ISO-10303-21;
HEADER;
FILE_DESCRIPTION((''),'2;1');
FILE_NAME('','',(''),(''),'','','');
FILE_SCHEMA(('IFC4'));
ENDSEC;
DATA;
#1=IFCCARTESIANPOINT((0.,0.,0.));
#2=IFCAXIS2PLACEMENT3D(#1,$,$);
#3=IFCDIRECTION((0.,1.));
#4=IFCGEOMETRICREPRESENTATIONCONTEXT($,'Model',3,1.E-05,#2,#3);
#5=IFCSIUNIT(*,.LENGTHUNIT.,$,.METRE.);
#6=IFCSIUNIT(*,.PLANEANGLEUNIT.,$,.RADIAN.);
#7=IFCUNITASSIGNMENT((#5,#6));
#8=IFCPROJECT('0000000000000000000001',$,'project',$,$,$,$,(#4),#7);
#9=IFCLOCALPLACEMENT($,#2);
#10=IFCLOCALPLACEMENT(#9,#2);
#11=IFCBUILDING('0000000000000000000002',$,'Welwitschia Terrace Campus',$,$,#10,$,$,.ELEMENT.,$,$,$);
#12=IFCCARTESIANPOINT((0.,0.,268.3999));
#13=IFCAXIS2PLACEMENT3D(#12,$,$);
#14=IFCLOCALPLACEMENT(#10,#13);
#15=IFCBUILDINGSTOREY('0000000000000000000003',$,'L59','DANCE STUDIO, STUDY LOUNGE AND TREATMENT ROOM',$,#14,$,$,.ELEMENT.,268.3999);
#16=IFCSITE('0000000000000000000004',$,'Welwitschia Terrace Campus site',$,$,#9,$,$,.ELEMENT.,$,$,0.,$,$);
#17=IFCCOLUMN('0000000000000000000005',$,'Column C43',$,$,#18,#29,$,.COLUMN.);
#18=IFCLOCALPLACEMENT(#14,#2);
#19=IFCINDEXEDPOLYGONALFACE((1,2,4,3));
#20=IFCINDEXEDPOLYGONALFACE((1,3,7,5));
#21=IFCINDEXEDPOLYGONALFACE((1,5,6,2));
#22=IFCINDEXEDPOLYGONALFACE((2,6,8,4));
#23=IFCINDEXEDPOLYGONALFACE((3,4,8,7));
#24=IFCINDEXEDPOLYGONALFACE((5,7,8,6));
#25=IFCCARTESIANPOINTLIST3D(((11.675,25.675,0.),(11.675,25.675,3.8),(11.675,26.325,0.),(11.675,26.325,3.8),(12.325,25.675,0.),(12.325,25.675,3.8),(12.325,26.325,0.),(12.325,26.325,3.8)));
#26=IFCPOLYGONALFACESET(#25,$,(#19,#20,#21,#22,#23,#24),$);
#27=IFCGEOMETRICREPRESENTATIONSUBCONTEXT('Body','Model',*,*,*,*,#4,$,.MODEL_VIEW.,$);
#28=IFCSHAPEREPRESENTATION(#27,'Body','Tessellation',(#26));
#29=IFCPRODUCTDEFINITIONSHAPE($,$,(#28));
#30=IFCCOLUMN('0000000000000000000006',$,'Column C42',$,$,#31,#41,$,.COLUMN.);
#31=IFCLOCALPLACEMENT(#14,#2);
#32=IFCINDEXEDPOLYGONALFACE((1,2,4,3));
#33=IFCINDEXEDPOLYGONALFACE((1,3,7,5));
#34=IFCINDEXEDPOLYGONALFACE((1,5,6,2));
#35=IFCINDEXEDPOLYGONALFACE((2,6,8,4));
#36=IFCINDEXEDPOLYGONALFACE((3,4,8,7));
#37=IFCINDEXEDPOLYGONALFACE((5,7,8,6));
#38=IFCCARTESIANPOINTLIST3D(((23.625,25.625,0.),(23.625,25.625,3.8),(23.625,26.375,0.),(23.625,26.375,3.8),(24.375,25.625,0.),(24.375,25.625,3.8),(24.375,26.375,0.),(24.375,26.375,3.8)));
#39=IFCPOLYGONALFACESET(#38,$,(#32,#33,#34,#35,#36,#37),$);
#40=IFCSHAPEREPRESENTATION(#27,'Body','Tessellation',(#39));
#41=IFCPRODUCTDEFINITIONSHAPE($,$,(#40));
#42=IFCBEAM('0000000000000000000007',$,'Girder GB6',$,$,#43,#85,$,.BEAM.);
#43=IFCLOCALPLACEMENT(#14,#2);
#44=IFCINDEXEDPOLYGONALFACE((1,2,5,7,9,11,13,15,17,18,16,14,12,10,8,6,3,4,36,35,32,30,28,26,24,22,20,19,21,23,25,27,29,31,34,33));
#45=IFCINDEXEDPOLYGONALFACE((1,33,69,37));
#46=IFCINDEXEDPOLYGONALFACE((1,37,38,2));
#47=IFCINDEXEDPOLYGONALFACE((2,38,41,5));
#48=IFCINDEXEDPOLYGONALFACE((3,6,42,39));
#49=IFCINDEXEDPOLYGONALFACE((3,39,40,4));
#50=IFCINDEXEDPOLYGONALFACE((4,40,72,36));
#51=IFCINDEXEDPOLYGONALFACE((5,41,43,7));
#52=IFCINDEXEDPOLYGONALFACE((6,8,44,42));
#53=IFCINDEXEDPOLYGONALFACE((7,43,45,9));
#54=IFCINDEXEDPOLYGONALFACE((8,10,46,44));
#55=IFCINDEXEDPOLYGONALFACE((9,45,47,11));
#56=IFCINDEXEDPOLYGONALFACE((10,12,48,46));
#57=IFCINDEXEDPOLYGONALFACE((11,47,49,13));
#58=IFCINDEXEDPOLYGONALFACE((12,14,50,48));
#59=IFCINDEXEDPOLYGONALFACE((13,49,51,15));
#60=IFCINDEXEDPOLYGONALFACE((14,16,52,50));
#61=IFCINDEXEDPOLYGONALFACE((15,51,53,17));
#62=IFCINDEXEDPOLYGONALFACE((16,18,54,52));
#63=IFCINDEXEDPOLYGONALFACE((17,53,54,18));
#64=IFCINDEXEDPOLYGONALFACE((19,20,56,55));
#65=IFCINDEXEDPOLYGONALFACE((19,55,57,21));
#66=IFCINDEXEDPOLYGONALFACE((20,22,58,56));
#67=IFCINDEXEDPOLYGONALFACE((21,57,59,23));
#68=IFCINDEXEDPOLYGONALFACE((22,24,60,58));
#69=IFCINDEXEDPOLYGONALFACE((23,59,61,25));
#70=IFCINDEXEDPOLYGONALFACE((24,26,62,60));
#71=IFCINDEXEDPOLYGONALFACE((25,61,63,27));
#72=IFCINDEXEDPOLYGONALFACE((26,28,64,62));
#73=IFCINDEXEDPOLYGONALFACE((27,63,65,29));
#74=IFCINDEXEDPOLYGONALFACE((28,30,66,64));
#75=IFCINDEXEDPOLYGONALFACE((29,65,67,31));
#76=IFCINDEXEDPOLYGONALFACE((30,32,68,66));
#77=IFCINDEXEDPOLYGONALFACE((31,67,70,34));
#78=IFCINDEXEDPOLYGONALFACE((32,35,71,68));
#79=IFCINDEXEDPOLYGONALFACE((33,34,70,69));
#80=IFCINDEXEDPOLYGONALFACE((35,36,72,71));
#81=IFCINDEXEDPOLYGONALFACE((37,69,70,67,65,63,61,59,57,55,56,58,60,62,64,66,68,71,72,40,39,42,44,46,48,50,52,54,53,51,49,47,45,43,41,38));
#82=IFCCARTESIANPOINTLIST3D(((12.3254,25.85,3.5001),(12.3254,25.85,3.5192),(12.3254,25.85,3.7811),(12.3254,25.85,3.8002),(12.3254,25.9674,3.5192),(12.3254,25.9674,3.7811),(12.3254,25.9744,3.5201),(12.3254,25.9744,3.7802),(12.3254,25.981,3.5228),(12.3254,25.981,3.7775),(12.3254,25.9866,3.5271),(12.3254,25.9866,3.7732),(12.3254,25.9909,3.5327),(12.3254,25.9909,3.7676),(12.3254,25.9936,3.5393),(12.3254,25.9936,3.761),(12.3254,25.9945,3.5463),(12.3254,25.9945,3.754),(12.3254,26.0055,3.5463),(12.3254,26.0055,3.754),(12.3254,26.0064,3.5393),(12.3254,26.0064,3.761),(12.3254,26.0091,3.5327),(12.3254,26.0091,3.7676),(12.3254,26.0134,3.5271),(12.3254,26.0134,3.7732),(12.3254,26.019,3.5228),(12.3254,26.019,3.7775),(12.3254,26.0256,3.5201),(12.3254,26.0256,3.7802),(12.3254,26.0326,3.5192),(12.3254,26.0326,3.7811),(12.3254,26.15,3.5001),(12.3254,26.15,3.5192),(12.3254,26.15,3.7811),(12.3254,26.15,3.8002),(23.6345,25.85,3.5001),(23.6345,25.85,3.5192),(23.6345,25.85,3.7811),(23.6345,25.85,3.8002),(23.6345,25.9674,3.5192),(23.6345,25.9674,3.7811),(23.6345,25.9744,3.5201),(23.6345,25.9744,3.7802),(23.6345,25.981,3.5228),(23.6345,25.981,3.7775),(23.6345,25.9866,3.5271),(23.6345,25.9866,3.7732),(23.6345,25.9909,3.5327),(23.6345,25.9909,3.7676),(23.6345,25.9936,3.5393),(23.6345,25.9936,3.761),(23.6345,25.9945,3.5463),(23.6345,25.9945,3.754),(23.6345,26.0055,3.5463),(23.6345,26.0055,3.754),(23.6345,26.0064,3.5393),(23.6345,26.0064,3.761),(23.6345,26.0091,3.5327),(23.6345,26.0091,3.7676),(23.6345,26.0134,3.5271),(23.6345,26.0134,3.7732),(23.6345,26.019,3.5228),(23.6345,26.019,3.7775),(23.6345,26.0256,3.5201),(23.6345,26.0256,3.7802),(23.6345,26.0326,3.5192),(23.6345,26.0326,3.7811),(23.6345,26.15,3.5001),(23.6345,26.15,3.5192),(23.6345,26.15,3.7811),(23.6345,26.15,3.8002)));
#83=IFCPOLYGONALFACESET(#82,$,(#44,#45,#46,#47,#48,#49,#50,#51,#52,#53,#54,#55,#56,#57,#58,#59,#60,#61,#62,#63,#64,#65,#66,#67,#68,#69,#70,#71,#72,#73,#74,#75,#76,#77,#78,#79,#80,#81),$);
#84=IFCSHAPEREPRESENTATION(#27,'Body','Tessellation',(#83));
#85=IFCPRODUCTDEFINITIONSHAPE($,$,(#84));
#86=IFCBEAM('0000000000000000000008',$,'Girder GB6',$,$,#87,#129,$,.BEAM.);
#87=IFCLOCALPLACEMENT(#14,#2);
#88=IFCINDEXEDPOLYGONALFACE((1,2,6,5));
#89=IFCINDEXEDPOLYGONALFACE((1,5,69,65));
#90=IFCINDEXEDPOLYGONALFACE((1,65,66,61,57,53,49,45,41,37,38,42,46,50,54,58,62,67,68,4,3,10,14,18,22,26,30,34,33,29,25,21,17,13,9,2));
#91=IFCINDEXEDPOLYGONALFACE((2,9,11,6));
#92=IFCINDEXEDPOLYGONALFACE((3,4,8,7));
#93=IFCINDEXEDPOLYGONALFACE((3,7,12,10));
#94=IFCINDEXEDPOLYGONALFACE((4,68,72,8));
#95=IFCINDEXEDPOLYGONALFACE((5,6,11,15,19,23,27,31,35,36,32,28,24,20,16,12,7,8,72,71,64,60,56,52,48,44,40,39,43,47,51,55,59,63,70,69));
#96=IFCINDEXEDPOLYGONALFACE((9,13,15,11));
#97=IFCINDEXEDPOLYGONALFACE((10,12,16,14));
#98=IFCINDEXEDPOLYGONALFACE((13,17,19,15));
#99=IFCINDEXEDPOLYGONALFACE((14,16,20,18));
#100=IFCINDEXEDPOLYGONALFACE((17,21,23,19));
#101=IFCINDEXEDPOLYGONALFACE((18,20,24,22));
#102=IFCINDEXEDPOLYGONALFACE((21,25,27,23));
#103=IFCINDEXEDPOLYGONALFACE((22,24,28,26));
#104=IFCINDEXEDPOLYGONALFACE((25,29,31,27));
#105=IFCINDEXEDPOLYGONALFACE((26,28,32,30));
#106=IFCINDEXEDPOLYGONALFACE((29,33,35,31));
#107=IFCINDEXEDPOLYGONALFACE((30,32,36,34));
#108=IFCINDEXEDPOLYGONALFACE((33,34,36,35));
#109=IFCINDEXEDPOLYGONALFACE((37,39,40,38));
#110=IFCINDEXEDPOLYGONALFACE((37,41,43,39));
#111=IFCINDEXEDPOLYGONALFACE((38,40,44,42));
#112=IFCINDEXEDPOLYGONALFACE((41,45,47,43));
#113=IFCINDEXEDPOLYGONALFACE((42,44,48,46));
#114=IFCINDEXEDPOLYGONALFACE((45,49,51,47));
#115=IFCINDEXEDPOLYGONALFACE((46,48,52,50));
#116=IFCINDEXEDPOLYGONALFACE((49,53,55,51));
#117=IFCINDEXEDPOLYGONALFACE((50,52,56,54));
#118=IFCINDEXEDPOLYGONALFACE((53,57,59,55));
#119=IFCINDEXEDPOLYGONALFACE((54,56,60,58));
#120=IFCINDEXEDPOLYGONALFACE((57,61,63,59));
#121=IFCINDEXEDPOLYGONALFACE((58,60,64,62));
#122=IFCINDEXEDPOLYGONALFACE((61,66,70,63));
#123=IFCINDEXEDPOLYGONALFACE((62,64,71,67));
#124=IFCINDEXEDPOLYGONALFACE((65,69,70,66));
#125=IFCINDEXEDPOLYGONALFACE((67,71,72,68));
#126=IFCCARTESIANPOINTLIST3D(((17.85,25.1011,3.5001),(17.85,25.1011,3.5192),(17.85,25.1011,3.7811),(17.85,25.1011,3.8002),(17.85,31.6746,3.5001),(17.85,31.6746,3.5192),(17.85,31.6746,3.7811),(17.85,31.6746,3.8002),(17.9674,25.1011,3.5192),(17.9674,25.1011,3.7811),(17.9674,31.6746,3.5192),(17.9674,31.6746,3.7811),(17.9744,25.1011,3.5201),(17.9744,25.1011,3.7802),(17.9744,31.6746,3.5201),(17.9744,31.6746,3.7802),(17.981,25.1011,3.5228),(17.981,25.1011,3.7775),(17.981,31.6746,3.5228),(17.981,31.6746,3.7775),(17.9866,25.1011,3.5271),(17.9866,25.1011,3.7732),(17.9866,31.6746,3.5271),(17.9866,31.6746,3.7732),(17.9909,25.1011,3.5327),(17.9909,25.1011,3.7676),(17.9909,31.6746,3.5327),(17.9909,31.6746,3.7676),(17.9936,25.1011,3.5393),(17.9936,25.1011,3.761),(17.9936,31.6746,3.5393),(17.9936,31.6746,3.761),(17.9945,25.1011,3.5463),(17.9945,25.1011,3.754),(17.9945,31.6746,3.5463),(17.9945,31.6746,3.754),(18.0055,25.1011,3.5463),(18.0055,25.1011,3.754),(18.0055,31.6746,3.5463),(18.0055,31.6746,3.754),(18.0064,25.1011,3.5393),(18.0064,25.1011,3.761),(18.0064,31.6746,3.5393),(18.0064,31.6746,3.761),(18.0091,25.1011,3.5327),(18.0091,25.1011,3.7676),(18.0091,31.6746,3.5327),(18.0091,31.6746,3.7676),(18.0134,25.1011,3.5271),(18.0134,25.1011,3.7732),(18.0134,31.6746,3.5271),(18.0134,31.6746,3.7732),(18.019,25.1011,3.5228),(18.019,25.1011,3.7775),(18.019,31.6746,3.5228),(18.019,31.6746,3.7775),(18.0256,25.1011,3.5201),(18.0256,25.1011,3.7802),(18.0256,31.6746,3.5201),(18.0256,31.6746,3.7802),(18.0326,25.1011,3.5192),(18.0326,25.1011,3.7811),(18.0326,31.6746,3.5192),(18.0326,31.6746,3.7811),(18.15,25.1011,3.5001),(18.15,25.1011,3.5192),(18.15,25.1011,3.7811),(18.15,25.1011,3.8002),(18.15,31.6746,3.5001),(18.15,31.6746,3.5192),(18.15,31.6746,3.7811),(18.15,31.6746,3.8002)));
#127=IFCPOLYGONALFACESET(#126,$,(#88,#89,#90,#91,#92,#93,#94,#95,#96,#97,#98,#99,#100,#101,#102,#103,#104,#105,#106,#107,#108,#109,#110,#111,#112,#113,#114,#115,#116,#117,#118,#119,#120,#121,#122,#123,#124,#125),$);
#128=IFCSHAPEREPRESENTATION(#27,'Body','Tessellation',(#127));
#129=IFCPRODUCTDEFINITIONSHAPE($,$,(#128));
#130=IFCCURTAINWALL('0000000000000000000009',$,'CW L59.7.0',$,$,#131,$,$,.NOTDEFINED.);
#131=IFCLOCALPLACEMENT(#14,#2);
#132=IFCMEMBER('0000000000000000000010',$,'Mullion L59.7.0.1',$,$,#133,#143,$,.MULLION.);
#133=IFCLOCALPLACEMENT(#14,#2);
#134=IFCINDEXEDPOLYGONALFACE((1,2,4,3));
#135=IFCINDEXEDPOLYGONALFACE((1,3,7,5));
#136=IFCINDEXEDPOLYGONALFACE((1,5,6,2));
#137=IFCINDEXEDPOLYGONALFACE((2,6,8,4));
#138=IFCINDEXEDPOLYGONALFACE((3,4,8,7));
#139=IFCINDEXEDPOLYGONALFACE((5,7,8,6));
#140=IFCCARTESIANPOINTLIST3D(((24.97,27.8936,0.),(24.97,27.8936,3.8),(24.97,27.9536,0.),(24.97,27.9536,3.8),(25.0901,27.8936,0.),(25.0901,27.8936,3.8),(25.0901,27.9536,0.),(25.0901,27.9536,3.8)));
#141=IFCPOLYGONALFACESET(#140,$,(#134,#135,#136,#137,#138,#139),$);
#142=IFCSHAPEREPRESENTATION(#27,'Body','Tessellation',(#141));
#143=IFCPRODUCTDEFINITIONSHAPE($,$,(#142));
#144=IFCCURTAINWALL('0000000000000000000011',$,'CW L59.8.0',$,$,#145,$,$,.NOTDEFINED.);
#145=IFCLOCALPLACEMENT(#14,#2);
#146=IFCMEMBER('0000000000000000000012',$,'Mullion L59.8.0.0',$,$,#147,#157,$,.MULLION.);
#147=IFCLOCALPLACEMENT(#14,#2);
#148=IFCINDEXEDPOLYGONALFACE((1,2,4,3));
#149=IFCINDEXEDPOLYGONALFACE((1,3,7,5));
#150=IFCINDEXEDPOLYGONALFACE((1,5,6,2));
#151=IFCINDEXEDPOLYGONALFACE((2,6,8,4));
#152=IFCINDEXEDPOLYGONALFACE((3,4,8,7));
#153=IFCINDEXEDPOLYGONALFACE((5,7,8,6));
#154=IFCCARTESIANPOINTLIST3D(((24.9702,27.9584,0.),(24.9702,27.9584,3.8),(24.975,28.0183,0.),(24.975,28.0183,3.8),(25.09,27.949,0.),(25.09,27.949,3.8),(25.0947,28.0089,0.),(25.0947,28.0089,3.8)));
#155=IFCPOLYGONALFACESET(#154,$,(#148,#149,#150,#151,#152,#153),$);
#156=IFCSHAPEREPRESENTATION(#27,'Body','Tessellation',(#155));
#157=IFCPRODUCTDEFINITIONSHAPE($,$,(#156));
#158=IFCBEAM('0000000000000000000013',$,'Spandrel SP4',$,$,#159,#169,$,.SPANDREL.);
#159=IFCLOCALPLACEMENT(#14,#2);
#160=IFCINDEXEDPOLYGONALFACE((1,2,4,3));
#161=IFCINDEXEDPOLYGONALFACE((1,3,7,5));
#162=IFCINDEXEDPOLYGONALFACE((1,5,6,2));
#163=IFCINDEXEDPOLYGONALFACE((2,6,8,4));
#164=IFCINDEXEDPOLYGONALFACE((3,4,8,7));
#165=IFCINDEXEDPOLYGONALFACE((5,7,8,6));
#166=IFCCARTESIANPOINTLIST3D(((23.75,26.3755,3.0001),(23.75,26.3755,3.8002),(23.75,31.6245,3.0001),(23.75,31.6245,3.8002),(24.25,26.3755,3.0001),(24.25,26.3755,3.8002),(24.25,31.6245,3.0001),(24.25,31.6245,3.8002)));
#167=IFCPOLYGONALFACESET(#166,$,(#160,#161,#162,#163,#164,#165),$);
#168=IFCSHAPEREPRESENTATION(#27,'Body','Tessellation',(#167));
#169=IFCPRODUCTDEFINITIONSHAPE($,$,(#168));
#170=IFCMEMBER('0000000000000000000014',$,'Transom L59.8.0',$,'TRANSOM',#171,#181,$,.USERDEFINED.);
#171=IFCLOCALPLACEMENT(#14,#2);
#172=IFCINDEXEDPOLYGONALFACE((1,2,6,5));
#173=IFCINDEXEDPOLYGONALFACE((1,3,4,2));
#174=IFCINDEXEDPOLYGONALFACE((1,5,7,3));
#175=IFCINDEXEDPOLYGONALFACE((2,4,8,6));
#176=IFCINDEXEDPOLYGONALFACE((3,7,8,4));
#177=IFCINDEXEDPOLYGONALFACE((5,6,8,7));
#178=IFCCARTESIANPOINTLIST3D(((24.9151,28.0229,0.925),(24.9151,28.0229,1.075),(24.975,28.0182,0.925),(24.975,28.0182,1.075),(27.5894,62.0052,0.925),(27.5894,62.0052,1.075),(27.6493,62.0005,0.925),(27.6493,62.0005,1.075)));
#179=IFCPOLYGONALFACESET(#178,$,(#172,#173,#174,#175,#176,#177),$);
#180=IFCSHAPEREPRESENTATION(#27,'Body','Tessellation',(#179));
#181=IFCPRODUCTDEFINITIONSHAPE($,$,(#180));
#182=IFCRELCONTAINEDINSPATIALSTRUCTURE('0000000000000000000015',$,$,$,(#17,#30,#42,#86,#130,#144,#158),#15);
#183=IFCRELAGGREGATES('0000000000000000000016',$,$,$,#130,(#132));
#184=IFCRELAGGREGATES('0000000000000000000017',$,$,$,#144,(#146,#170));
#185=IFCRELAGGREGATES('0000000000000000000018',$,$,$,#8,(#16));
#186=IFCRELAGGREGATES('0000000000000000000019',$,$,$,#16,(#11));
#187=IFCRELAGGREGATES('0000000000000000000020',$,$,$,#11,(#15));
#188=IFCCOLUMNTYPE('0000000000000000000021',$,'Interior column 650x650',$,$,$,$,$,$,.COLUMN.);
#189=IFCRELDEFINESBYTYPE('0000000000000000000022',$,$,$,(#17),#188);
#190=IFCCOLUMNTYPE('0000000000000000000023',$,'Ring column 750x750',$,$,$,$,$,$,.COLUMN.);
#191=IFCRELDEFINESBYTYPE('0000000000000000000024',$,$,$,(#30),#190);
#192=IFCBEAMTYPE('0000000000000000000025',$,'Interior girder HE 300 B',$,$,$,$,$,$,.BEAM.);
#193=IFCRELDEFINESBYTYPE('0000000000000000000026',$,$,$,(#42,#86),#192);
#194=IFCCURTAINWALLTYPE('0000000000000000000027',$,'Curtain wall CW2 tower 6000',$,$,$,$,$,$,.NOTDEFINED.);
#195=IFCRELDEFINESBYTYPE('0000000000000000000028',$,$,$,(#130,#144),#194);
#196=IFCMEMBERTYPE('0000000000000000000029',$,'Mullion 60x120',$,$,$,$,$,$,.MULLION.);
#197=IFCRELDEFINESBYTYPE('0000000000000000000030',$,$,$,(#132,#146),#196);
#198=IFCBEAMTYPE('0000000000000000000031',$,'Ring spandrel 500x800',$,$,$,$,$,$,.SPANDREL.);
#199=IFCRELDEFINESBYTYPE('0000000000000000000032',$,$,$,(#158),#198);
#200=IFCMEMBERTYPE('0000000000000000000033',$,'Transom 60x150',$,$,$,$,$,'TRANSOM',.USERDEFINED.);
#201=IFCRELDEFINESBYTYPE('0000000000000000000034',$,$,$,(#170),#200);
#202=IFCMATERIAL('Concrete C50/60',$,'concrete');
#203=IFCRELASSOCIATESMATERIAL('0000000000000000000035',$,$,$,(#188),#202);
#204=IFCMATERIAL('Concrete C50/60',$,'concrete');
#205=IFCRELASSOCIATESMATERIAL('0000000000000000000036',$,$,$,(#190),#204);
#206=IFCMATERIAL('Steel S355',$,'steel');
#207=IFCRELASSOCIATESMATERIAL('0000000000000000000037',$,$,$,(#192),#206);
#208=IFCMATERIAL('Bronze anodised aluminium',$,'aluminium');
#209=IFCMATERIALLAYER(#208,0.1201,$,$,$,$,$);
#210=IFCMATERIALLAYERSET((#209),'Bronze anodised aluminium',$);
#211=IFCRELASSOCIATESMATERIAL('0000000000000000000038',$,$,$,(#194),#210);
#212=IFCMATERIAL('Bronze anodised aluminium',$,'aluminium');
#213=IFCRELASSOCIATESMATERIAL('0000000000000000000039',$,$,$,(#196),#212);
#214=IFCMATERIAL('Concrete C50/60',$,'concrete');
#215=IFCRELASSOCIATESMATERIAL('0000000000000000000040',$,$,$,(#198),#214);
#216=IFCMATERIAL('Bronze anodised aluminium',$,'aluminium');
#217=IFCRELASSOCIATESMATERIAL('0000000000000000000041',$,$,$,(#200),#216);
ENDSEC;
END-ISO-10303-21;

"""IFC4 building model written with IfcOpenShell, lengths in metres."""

from ifc_helpers import new_model, si_unit, direction, frame, origin, origin_2d, place, context, subcontext, project, spatial, rectangle, i_section, extrude, material, layer, layer_set, material_profile, profile_set, type_object, element, aggregate, save


model = new_model("IFC4")

# Units and contexts
model_context = context("Model", 3, precision=1e-05, world=origin(), true_north=direction((0.0, 1.0)))
body_context = subcontext(model_context, "Body", "Model", "MODEL_VIEW")
ifc_project = project(units=[si_unit("LENGTHUNIT", "METRE"), si_unit("PLANEANGLEUNIT", "RADIAN")], contexts=[model_context])

# Site, building, storey
site_placement = place(None, origin())
site = spatial("IfcSite", under=ifc_project, at=site_placement, Name="Welwitschia Terrace Campus site", CompositionType="ELEMENT", RefElevation=0.0)
building_placement = place(site_placement, origin())
building = spatial("IfcBuilding", under=site, at=building_placement, Name="Welwitschia Terrace Campus", CompositionType="ELEMENT")
storey_placement = place(building_placement, frame((0.0, 0.0, 268.3999)))
storey = spatial("IfcBuildingStorey", under=building, at=storey_placement, Name="L59", Description="DANCE STUDIO, STUDY LOUNGE AND TREATMENT ROOM", CompositionType="ELEMENT", Elevation=268.3999)

# Columns
ifc_material_1 = material(Name="Concrete C50/60", Category="concrete")
ifc_material_profile_1 = material_profile(ifc_material_1, rectangle(XDim=0.6499, YDim=0.6499, at=origin_2d()))
ifc_profile_set_1 = profile_set([ifc_material_profile_1], Name="Concrete C50/60")
column_type_1 = type_object("IfcColumnType", Name="Interior column 650x650", PredefinedType="COLUMN", material=ifc_profile_set_1)
column_1_placement = place(storey_placement, frame((12.0, 26.0, 0.0), z_axis=(0.0, 0.0, 1.0), x_axis=(1.0, 0.0, 0.0)))
element("IfcColumn", 1, at=column_1_placement, inside=storey, type_object=column_type_1, Name="Column C43", PredefinedType="COLUMN", context=body_context, shape_type="SweptSolid", body=[
    extrude(rectangle(XDim=0.6499, YDim=0.6499, at=origin_2d()), origin(), (0.0, 0.0, 1.0), 3.8),
])
ifc_material_2 = material(Name="Concrete C50/60", Category="concrete")
ifc_material_profile_2 = material_profile(ifc_material_2, rectangle(XDim=0.75, YDim=0.75, at=origin_2d()))
ifc_profile_set_2 = profile_set([ifc_material_profile_2], Name="Concrete C50/60")
column_type_2 = type_object("IfcColumnType", Name="Ring column 750x750", PredefinedType="COLUMN", material=ifc_profile_set_2)
column_2_placement = place(storey_placement, frame((24.0, 26.0, 0.0), z_axis=(0.0, 0.0, 1.0), x_axis=(1.0, 0.0, 0.0)))
element("IfcColumn", 2, at=column_2_placement, inside=storey, type_object=column_type_2, Name="Column C42", PredefinedType="COLUMN", context=body_context, shape_type="SweptSolid", body=[
    extrude(rectangle(XDim=0.75, YDim=0.75, at=origin_2d()), origin(), (0.0, 0.0, 1.0), 3.8),
])

# Beams
ifc_material_3 = material(Name="Steel S355", Category="steel")
ifc_material_profile_3 = material_profile(ifc_material_3, i_section(OverallWidth=0.3, OverallDepth=0.3, WebThickness=0.011, FlangeThickness=0.019, FilletRadius=0.0271, at=origin_2d()))
ifc_profile_set_3 = profile_set([ifc_material_profile_3], Name="Steel S355")
beam_type_1 = type_object("IfcBeamType", Name="Interior girder HE 300 B", PredefinedType="BEAM", material=ifc_profile_set_3)
beam_1_placement = place(storey_placement, frame((12.3254, 26.0, 3.6501), z_axis=(1.0, 0.0, 0.0), x_axis=(0.0, 1.0, 0.0)))
element("IfcBeam", 3, at=beam_1_placement, inside=storey, type_object=beam_type_1, Name="Girder GB6", PredefinedType="BEAM", context=body_context, shape_type="SweptSolid", body=[
    extrude(i_section(OverallWidth=0.3, OverallDepth=0.3, WebThickness=0.011, FlangeThickness=0.019, FilletRadius=0.0271, at=origin_2d()), origin(), (0.0, 0.0, 1.0), 11.3091),
])
beam_2_placement = place(storey_placement, frame((18.0, 25.1011, 3.6501), z_axis=(0.0, 1.0, 0.0), x_axis=(-1.0, 0.0, 0.0)))
element("IfcBeam", 4, at=beam_2_placement, inside=storey, type_object=beam_type_1, Name="Girder GB6", PredefinedType="BEAM", context=body_context, shape_type="SweptSolid", body=[
    extrude(i_section(OverallWidth=0.3, OverallDepth=0.3, WebThickness=0.011, FlangeThickness=0.019, FilletRadius=0.0271, at=origin_2d()), origin(), (0.0, 0.0, 1.0), 6.5735),
])

# Curtain walls, members
ifc_material_4 = material(Name="Bronze anodised aluminium", Category="aluminium")
ifc_layer_1 = layer(ifc_material_4, 0.1201)
ifc_layer_set_1 = layer_set([ifc_layer_1], Name="Bronze anodised aluminium")
curtain_wall_type = type_object("IfcCurtainWallType", Name="Curtain wall CW2 tower 6000", PredefinedType="NOTDEFINED", material=ifc_layer_set_1)
curtain_wall_1_placement = place(storey_placement, origin())
curtain_wall_1 = element("IfcCurtainWall", 5, at=curtain_wall_1_placement, inside=storey, type_object=curtain_wall_type, Name="CW L59.7.0", PredefinedType="NOTDEFINED")
ifc_material_5 = material(Name="Bronze anodised aluminium", Category="aluminium")
ifc_material_profile_4 = material_profile(ifc_material_5, rectangle(XDim=0.1201, YDim=0.0601, at=origin_2d()))
ifc_profile_set_4 = profile_set([ifc_material_profile_4], Name="Bronze anodised aluminium")
member_type_1 = type_object("IfcMemberType", Name="Mullion 60x120", PredefinedType="MULLION", material=ifc_profile_set_4)
member_1_placement = place(storey_placement, frame((25.03, 27.9236, 0.0), z_axis=(0.0, 0.0, 1.0), x_axis=(-1.0, 0.0, 0.0)))
member_1 = element("IfcMember", 6, at=member_1_placement, type_object=member_type_1, Name="Mullion L59.7.0.1", PredefinedType="MULLION", context=body_context, shape_type="SweptSolid", body=[
    extrude(rectangle(XDim=0.1201, YDim=0.0601, at=origin_2d()), origin(), (0.0, 0.0, 1.0), 3.8),
])
aggregate(curtain_wall_1, [member_1])
curtain_wall_2_placement = place(storey_placement, origin())
curtain_wall_2 = element("IfcCurtainWall", 7, at=curtain_wall_2_placement, inside=storey, type_object=curtain_wall_type, Name="CW L59.8.0", PredefinedType="NOTDEFINED")
member_2_placement = place(storey_placement, frame((25.0325, 27.9836, 0.0), z_axis=(0.0, 0.0, 1.0), x_axis=(-0.996917, 0.078459, 0.0)))
member_2 = element("IfcMember", 8, at=member_2_placement, type_object=member_type_1, Name="Mullion L59.8.0.0", PredefinedType="MULLION", context=body_context, shape_type="SweptSolid", body=[
    extrude(rectangle(XDim=0.1201, YDim=0.0601, at=origin_2d()), origin(), (0.0, 0.0, 1.0), 3.8),
])

# Beam
ifc_material_6 = material(Name="Concrete C50/60", Category="concrete")
ifc_material_profile_5 = material_profile(ifc_material_6, rectangle(XDim=0.5, YDim=0.8, at=origin_2d()))
ifc_profile_set_5 = profile_set([ifc_material_profile_5], Name="Concrete C50/60")
beam_type_2 = type_object("IfcBeamType", Name="Ring spandrel 500x800", PredefinedType="SPANDREL", material=ifc_profile_set_5)
beam_3_placement = place(storey_placement, frame((24.0, 26.3755, 3.4001), z_axis=(0.0, 1.0, 0.0), x_axis=(-1.0, 0.0, 0.0)))
element("IfcBeam", 9, at=beam_3_placement, inside=storey, type_object=beam_type_2, Name="Spandrel SP4", PredefinedType="SPANDREL", context=body_context, shape_type="SweptSolid", body=[
    extrude(rectangle(XDim=0.5, YDim=0.8, at=origin_2d()), origin(), (0.0, 0.0, 1.0), 5.249),
])

# Member
ifc_material_7 = material(Name="Bronze anodised aluminium", Category="aluminium")
ifc_material_profile_6 = material_profile(ifc_material_7, rectangle(XDim=0.0601, YDim=0.1499, at=origin_2d()))
ifc_profile_set_6 = profile_set([ifc_material_profile_6], Name="Bronze anodised aluminium")
member_type_2 = type_object("IfcMemberType", Name="Transom 60x150", ElementType="TRANSOM", PredefinedType="USERDEFINED", material=ifc_profile_set_6)
member_3_placement = place(storey_placement, frame((24.9451, 28.0205, 1.0), z_axis=(0.078454, 0.996918, 0.0), x_axis=(-0.996918, 0.078454, 0.0)))
member_3 = element("IfcMember", 10, at=member_3_placement, type_object=member_type_2, Name="Transom L59.8.0", ObjectType="TRANSOM", PredefinedType="USERDEFINED", context=body_context, shape_type="SweptSolid", body=[
    extrude(rectangle(XDim=0.0601, YDim=0.1499, at=origin_2d()), origin(), (0.0, 0.0, 1.0), 34.0874),
])

aggregate(curtain_wall_2, [member_2, member_3])

save(model, "model.ifc")
